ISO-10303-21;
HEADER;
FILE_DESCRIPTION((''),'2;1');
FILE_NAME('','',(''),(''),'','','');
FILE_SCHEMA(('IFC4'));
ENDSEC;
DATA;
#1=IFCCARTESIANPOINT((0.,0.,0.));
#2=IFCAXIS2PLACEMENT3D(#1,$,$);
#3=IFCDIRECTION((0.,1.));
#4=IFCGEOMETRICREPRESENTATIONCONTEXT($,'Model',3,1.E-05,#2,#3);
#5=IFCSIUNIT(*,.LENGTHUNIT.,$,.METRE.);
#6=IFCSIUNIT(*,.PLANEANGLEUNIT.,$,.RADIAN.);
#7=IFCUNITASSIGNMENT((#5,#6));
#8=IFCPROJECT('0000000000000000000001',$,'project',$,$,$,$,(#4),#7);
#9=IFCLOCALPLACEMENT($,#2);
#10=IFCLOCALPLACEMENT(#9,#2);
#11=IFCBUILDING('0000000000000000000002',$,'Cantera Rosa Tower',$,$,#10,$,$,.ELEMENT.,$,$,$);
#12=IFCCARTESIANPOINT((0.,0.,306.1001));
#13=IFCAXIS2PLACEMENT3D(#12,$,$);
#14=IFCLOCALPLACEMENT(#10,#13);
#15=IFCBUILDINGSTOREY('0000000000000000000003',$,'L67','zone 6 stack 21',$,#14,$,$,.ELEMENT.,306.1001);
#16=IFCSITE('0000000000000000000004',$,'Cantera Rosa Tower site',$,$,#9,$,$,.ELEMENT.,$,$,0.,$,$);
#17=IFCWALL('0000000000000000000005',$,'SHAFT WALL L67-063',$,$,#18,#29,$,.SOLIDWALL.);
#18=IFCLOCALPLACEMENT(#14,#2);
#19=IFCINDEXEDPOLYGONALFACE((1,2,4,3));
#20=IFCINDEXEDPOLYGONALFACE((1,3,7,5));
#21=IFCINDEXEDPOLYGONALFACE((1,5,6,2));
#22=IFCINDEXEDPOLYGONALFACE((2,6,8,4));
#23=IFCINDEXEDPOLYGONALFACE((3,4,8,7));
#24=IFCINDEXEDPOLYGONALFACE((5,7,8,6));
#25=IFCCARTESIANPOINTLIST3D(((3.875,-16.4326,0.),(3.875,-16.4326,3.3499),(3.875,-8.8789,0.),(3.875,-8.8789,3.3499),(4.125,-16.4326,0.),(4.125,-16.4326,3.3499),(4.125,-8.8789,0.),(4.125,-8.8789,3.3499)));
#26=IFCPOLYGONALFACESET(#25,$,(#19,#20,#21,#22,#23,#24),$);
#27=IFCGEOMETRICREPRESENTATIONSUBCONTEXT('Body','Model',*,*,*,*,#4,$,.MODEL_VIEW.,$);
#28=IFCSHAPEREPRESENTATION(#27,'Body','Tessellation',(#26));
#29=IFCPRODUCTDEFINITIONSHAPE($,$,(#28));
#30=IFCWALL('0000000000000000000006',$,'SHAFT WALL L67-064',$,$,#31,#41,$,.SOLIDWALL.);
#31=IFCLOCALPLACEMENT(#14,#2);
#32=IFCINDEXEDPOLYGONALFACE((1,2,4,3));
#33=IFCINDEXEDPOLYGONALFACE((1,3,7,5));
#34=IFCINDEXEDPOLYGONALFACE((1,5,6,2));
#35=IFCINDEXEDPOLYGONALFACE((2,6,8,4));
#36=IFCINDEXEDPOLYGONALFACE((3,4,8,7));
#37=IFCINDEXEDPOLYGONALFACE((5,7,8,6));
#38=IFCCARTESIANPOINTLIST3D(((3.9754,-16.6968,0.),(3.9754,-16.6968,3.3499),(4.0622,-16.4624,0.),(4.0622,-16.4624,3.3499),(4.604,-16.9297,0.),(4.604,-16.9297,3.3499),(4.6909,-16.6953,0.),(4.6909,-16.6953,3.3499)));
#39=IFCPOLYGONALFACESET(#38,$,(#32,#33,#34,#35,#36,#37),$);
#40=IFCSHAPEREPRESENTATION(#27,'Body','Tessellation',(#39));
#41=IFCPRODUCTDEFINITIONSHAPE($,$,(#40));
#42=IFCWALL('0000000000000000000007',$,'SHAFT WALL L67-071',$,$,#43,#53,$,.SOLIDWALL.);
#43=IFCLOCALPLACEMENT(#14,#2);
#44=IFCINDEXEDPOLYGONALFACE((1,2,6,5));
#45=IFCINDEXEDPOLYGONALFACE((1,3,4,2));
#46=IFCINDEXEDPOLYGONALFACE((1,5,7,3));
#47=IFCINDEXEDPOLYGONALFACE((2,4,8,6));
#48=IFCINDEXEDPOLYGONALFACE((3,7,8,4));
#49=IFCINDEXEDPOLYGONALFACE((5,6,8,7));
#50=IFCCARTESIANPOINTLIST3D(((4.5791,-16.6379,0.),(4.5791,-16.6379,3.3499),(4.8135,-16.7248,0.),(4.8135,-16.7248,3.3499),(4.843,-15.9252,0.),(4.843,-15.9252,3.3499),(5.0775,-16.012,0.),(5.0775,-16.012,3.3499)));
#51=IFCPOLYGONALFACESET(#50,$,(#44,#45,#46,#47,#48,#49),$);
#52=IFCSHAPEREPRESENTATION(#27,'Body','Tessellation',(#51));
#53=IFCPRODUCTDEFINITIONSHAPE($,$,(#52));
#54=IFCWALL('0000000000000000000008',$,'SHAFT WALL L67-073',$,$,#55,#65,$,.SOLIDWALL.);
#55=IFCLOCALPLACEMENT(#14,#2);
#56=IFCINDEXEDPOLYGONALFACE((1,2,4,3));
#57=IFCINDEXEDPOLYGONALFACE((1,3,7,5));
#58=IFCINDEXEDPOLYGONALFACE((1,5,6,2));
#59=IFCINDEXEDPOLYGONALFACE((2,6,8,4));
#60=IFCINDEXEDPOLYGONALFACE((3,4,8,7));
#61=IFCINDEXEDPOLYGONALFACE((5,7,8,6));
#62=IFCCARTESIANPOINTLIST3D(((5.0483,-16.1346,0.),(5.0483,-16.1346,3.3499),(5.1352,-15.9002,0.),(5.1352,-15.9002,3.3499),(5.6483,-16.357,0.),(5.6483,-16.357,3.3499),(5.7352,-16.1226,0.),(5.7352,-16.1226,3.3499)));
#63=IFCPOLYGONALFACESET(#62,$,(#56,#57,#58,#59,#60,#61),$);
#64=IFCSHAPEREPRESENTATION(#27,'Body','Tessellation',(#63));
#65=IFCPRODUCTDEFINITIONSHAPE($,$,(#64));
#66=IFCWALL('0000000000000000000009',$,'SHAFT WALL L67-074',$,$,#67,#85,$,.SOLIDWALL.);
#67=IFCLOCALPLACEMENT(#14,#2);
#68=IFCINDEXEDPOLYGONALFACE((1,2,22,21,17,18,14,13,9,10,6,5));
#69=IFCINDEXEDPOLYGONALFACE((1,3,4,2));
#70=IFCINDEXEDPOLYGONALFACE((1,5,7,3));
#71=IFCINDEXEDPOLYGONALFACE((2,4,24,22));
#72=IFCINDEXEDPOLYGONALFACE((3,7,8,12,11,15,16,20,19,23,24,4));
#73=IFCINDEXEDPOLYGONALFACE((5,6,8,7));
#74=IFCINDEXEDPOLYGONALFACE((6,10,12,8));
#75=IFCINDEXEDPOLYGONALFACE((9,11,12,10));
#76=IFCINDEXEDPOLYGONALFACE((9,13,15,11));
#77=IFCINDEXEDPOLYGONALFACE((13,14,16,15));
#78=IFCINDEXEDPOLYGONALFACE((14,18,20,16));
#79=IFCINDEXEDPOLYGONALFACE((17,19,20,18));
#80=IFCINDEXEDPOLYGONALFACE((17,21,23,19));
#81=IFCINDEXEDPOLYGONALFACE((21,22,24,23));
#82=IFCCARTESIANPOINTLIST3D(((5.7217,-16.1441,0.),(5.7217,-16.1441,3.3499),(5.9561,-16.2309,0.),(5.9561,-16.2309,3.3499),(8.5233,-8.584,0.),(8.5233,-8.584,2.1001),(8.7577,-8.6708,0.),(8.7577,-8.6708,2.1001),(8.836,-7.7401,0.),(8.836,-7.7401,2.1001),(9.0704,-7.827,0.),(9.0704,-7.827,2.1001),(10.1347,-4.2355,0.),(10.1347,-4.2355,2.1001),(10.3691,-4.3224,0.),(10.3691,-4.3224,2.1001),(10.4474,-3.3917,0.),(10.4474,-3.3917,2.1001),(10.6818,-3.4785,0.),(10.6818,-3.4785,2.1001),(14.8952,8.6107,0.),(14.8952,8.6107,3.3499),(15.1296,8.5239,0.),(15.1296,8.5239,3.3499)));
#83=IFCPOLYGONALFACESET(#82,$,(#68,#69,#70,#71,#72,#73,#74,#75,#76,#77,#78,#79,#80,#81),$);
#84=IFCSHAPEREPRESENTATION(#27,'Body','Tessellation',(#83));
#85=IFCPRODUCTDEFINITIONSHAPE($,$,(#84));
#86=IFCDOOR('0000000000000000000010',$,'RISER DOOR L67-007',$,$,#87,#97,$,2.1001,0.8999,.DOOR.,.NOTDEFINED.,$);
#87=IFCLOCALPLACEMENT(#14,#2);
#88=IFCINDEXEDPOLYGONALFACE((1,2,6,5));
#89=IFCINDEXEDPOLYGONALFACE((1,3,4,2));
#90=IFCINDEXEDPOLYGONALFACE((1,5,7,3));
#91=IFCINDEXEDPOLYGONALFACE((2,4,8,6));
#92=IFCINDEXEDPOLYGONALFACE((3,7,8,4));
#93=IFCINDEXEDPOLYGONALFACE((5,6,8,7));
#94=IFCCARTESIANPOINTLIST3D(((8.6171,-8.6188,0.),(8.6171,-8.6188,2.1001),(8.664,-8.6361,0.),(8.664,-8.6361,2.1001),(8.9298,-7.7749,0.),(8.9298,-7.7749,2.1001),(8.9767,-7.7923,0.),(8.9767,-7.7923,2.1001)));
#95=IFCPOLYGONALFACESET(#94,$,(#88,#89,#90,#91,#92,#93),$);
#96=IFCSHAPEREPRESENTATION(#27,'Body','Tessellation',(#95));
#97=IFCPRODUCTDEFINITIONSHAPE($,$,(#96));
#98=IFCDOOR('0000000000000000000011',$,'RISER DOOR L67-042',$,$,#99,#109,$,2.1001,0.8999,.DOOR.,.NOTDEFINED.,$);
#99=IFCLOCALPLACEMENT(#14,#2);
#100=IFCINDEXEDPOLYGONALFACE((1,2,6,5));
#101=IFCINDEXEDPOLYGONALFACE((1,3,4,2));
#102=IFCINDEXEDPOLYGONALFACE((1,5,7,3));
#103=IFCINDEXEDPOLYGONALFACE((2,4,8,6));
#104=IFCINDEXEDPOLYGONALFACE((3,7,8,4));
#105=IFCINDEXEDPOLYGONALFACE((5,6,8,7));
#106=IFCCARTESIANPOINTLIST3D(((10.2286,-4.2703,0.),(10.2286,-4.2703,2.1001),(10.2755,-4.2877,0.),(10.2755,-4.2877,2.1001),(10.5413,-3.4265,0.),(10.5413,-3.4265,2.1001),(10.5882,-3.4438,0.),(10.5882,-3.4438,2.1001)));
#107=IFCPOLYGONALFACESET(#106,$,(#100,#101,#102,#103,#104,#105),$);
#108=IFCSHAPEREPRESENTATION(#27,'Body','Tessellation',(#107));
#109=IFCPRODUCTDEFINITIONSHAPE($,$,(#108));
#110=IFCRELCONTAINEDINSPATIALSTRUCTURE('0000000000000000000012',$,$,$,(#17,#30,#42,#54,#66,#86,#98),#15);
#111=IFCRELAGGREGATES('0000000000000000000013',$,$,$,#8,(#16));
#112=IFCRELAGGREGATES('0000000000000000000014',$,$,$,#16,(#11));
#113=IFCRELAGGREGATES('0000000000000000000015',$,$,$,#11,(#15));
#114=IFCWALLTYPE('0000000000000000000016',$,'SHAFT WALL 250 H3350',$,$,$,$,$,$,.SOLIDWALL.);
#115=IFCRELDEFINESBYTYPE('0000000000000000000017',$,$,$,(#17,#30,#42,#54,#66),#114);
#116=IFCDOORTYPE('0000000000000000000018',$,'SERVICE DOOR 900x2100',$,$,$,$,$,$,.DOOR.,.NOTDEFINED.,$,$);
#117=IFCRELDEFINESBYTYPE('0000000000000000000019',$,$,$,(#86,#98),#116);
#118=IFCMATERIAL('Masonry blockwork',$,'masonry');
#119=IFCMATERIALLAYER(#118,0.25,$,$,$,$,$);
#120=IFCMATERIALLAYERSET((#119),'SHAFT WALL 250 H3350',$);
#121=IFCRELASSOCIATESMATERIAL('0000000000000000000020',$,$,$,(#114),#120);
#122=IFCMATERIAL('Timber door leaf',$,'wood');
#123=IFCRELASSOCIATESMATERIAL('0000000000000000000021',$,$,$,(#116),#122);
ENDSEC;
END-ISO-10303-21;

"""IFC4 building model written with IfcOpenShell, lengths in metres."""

from ifc_helpers import new_model, si_unit, direction, frame, frame_2d, origin, place, context, subcontext, project, spatial, rectangle, extrude, material, layer, layer_set, type_object, element, fill, save


model = new_model("IFC4")

# Units and contexts
model_context = context("Model", 3, precision=1e-05, world=origin(), true_north=direction((0.0, 1.0)))
body_context = subcontext(model_context, "Body", "Model", "MODEL_VIEW")
ifc_project = project(units=[si_unit("LENGTHUNIT", "METRE"), si_unit("PLANEANGLEUNIT", "RADIAN")], contexts=[model_context])

# Site, building, storey
site_placement = place(None, origin())
site = spatial("IfcSite", under=ifc_project, at=site_placement, Name="Cantera Rosa Tower site", CompositionType="ELEMENT", RefElevation=0.0)
building_placement = place(site_placement, origin())
building = spatial("IfcBuilding", under=site, at=building_placement, Name="Cantera Rosa Tower", CompositionType="ELEMENT")
storey_placement = place(building_placement, frame((0.0, 0.0, 306.1001)))
storey = spatial("IfcBuildingStorey", under=building, at=storey_placement, Name="L67", Description="zone 6 stack 21", CompositionType="ELEMENT", Elevation=306.1001)

# Walls
ifc_material_1 = material(Name="Masonry blockwork", Category="masonry")
ifc_layer_1 = layer(ifc_material_1, 0.25)
ifc_layer_set_1 = layer_set([ifc_layer_1], Name="SHAFT WALL 250 H3350")
wall_type_1 = type_object("IfcWallType", Name="SHAFT WALL 250 H3350", PredefinedType="SOLIDWALL", material=ifc_layer_set_1)
wall_1_placement = place(storey_placement, frame((4.0, -16.4326, 0.0), z_axis=(0.0, 0.0, 1.0), x_axis=(0.0, 1.0, 0.0)))
element("IfcWall", 1, at=wall_1_placement, inside=storey, type_object=wall_type_1, Name="SHAFT WALL L67-063", PredefinedType="SOLIDWALL", context=body_context, shape_type="SweptSolid", body=[
    extrude(rectangle(XDim=7.5537, YDim=0.25, at=frame_2d((3.7769, 0.0))), origin(), (0.0, 0.0, 1.0), 3.3499),
])
wall_2_placement = place(storey_placement, frame((4.0188, -16.5796, 0.0), z_axis=(0.0, 0.0, 1.0), x_axis=(0.937714, -0.347409, 0.0)))
element("IfcWall", 2, at=wall_2_placement, inside=storey, type_object=wall_type_1, Name="SHAFT WALL L67-064", PredefinedType="SOLIDWALL", context=body_context, shape_type="SweptSolid", body=[
    extrude(rectangle(XDim=0.6704, YDim=0.25, at=frame_2d((0.3352, 0.0))), origin(), (0.0, 0.0, 1.0), 3.3499),
])
wall_3_placement = place(storey_placement, frame((4.9602, -15.9688, 0.0), z_axis=(0.0, 0.0, 1.0), x_axis=(-0.347283, -0.93776, 0.0)))
element("IfcWall", 3, at=wall_3_placement, inside=storey, type_object=wall_type_1, Name="SHAFT WALL L67-071", PredefinedType="SOLIDWALL", context=body_context, shape_type="SweptSolid", body=[
    extrude(rectangle(XDim=0.76, YDim=0.25, at=frame_2d((0.3799, 0.0))), origin(), (0.0, 0.0, 1.0), 3.3499),
])
wall_4_placement = place(storey_placement, frame((5.6917, -16.2397, 0.0), z_axis=(0.0, 0.0, 1.0), x_axis=(-0.937671, 0.347526, 0.0)))
element("IfcWall", 4, at=wall_4_placement, inside=storey, type_object=wall_type_1, Name="SHAFT WALL L67-073", PredefinedType="SOLIDWALL", context=body_context, shape_type="SweptSolid", body=[
    extrude(rectangle(XDim=0.6399, YDim=0.25, at=frame_2d((0.3198, 0.0))), origin(), (0.0, 0.0, 1.0), 3.3499),
])

# Wall, openings, doors
wall_5_placement = place(storey_placement, frame((5.8389, -16.1875, 0.0), z_axis=(0.0, 0.0, 1.0), x_axis=(0.347485, 0.937686, 0.0)))
wall_5 = element("IfcWall", 5, at=wall_5_placement, inside=storey, type_object=wall_type_1, Name="SHAFT WALL L67-074", PredefinedType="SOLIDWALL", context=body_context, shape_type="SweptSolid", body=[
    extrude(rectangle(XDim=26.3999, YDim=0.25, at=frame_2d((13.2, 0.0))), origin(), (0.0, 0.0, 1.0), 3.3499),
])
opening_1_placement = place(wall_5_placement, frame((8.0625, 0.0, 0.0)))
opening_1 = element("IfcOpeningElement", 6, at=opening_1_placement, cuts=wall_5, PredefinedType="OPENING", context=body_context, shape_type="SweptSolid", body=[
    extrude(rectangle(XDim=0.8999, YDim=2.1001, at=frame_2d((0.45, 1.05))), frame((0.0, 0.135, 0.0), z_axis=(0.0, -1.0, 0.0), x_axis=(1.0, 0.0, 0.0)), (0.0, 0.0, 1.0), 0.27),
])
opening_2_placement = place(wall_5_placement, frame((12.7, 0.0, 0.0)))
opening_2 = element("IfcOpeningElement", 7, at=opening_2_placement, cuts=wall_5, PredefinedType="OPENING", context=body_context, shape_type="SweptSolid", body=[
    extrude(rectangle(XDim=0.8999, YDim=2.1001, at=frame_2d((0.45, 1.05))), frame((0.0, 0.135, 0.0), z_axis=(0.0, -1.0, 0.0), x_axis=(1.0, 0.0, 0.0)), (0.0, 0.0, 1.0), 0.27),
])
ifc_material_2 = material(Name="Timber door leaf", Category="wood")
door_type_1 = type_object("IfcDoorType", Name="SERVICE DOOR 900x2100", OperationType="NOTDEFINED", PredefinedType="DOOR", material=ifc_material_2)
door_1_placement = place(opening_1_placement, origin())
door_1 = element("IfcDoor", 8, at=door_1_placement, inside=storey, type_object=door_type_1, Name="RISER DOOR L67-007", OperationType="NOTDEFINED", OverallHeight=2.1001, OverallWidth=0.8999, PredefinedType="DOOR", context=body_context, shape_type="SweptSolid", body=[
    extrude(rectangle(XDim=0.8999, YDim=2.1001, at=frame_2d((0.45, 1.05))), frame((0.0, 0.0249, 0.0), z_axis=(0.0, -1.0, 0.0), x_axis=(1.0, 0.0, 0.0)), (0.0, 0.0, 1.0), 0.05),
])
fill(opening_1, door_1)
door_2_placement = place(opening_2_placement, origin())
door_2 = element("IfcDoor", 9, at=door_2_placement, inside=storey, type_object=door_type_1, Name="RISER DOOR L67-042", OperationType="NOTDEFINED", OverallHeight=2.1001, OverallWidth=0.8999, PredefinedType="DOOR", context=body_context, shape_type="SweptSolid", body=[
    extrude(rectangle(XDim=0.8999, YDim=2.1001, at=frame_2d((0.45, 1.05))), frame((0.0, 0.0249, 0.0), z_axis=(0.0, -1.0, 0.0), x_axis=(1.0, 0.0, 0.0)), (0.0, 0.0, 1.0), 0.05),
])
fill(opening_2, door_2)

save(model, "model.ifc")
